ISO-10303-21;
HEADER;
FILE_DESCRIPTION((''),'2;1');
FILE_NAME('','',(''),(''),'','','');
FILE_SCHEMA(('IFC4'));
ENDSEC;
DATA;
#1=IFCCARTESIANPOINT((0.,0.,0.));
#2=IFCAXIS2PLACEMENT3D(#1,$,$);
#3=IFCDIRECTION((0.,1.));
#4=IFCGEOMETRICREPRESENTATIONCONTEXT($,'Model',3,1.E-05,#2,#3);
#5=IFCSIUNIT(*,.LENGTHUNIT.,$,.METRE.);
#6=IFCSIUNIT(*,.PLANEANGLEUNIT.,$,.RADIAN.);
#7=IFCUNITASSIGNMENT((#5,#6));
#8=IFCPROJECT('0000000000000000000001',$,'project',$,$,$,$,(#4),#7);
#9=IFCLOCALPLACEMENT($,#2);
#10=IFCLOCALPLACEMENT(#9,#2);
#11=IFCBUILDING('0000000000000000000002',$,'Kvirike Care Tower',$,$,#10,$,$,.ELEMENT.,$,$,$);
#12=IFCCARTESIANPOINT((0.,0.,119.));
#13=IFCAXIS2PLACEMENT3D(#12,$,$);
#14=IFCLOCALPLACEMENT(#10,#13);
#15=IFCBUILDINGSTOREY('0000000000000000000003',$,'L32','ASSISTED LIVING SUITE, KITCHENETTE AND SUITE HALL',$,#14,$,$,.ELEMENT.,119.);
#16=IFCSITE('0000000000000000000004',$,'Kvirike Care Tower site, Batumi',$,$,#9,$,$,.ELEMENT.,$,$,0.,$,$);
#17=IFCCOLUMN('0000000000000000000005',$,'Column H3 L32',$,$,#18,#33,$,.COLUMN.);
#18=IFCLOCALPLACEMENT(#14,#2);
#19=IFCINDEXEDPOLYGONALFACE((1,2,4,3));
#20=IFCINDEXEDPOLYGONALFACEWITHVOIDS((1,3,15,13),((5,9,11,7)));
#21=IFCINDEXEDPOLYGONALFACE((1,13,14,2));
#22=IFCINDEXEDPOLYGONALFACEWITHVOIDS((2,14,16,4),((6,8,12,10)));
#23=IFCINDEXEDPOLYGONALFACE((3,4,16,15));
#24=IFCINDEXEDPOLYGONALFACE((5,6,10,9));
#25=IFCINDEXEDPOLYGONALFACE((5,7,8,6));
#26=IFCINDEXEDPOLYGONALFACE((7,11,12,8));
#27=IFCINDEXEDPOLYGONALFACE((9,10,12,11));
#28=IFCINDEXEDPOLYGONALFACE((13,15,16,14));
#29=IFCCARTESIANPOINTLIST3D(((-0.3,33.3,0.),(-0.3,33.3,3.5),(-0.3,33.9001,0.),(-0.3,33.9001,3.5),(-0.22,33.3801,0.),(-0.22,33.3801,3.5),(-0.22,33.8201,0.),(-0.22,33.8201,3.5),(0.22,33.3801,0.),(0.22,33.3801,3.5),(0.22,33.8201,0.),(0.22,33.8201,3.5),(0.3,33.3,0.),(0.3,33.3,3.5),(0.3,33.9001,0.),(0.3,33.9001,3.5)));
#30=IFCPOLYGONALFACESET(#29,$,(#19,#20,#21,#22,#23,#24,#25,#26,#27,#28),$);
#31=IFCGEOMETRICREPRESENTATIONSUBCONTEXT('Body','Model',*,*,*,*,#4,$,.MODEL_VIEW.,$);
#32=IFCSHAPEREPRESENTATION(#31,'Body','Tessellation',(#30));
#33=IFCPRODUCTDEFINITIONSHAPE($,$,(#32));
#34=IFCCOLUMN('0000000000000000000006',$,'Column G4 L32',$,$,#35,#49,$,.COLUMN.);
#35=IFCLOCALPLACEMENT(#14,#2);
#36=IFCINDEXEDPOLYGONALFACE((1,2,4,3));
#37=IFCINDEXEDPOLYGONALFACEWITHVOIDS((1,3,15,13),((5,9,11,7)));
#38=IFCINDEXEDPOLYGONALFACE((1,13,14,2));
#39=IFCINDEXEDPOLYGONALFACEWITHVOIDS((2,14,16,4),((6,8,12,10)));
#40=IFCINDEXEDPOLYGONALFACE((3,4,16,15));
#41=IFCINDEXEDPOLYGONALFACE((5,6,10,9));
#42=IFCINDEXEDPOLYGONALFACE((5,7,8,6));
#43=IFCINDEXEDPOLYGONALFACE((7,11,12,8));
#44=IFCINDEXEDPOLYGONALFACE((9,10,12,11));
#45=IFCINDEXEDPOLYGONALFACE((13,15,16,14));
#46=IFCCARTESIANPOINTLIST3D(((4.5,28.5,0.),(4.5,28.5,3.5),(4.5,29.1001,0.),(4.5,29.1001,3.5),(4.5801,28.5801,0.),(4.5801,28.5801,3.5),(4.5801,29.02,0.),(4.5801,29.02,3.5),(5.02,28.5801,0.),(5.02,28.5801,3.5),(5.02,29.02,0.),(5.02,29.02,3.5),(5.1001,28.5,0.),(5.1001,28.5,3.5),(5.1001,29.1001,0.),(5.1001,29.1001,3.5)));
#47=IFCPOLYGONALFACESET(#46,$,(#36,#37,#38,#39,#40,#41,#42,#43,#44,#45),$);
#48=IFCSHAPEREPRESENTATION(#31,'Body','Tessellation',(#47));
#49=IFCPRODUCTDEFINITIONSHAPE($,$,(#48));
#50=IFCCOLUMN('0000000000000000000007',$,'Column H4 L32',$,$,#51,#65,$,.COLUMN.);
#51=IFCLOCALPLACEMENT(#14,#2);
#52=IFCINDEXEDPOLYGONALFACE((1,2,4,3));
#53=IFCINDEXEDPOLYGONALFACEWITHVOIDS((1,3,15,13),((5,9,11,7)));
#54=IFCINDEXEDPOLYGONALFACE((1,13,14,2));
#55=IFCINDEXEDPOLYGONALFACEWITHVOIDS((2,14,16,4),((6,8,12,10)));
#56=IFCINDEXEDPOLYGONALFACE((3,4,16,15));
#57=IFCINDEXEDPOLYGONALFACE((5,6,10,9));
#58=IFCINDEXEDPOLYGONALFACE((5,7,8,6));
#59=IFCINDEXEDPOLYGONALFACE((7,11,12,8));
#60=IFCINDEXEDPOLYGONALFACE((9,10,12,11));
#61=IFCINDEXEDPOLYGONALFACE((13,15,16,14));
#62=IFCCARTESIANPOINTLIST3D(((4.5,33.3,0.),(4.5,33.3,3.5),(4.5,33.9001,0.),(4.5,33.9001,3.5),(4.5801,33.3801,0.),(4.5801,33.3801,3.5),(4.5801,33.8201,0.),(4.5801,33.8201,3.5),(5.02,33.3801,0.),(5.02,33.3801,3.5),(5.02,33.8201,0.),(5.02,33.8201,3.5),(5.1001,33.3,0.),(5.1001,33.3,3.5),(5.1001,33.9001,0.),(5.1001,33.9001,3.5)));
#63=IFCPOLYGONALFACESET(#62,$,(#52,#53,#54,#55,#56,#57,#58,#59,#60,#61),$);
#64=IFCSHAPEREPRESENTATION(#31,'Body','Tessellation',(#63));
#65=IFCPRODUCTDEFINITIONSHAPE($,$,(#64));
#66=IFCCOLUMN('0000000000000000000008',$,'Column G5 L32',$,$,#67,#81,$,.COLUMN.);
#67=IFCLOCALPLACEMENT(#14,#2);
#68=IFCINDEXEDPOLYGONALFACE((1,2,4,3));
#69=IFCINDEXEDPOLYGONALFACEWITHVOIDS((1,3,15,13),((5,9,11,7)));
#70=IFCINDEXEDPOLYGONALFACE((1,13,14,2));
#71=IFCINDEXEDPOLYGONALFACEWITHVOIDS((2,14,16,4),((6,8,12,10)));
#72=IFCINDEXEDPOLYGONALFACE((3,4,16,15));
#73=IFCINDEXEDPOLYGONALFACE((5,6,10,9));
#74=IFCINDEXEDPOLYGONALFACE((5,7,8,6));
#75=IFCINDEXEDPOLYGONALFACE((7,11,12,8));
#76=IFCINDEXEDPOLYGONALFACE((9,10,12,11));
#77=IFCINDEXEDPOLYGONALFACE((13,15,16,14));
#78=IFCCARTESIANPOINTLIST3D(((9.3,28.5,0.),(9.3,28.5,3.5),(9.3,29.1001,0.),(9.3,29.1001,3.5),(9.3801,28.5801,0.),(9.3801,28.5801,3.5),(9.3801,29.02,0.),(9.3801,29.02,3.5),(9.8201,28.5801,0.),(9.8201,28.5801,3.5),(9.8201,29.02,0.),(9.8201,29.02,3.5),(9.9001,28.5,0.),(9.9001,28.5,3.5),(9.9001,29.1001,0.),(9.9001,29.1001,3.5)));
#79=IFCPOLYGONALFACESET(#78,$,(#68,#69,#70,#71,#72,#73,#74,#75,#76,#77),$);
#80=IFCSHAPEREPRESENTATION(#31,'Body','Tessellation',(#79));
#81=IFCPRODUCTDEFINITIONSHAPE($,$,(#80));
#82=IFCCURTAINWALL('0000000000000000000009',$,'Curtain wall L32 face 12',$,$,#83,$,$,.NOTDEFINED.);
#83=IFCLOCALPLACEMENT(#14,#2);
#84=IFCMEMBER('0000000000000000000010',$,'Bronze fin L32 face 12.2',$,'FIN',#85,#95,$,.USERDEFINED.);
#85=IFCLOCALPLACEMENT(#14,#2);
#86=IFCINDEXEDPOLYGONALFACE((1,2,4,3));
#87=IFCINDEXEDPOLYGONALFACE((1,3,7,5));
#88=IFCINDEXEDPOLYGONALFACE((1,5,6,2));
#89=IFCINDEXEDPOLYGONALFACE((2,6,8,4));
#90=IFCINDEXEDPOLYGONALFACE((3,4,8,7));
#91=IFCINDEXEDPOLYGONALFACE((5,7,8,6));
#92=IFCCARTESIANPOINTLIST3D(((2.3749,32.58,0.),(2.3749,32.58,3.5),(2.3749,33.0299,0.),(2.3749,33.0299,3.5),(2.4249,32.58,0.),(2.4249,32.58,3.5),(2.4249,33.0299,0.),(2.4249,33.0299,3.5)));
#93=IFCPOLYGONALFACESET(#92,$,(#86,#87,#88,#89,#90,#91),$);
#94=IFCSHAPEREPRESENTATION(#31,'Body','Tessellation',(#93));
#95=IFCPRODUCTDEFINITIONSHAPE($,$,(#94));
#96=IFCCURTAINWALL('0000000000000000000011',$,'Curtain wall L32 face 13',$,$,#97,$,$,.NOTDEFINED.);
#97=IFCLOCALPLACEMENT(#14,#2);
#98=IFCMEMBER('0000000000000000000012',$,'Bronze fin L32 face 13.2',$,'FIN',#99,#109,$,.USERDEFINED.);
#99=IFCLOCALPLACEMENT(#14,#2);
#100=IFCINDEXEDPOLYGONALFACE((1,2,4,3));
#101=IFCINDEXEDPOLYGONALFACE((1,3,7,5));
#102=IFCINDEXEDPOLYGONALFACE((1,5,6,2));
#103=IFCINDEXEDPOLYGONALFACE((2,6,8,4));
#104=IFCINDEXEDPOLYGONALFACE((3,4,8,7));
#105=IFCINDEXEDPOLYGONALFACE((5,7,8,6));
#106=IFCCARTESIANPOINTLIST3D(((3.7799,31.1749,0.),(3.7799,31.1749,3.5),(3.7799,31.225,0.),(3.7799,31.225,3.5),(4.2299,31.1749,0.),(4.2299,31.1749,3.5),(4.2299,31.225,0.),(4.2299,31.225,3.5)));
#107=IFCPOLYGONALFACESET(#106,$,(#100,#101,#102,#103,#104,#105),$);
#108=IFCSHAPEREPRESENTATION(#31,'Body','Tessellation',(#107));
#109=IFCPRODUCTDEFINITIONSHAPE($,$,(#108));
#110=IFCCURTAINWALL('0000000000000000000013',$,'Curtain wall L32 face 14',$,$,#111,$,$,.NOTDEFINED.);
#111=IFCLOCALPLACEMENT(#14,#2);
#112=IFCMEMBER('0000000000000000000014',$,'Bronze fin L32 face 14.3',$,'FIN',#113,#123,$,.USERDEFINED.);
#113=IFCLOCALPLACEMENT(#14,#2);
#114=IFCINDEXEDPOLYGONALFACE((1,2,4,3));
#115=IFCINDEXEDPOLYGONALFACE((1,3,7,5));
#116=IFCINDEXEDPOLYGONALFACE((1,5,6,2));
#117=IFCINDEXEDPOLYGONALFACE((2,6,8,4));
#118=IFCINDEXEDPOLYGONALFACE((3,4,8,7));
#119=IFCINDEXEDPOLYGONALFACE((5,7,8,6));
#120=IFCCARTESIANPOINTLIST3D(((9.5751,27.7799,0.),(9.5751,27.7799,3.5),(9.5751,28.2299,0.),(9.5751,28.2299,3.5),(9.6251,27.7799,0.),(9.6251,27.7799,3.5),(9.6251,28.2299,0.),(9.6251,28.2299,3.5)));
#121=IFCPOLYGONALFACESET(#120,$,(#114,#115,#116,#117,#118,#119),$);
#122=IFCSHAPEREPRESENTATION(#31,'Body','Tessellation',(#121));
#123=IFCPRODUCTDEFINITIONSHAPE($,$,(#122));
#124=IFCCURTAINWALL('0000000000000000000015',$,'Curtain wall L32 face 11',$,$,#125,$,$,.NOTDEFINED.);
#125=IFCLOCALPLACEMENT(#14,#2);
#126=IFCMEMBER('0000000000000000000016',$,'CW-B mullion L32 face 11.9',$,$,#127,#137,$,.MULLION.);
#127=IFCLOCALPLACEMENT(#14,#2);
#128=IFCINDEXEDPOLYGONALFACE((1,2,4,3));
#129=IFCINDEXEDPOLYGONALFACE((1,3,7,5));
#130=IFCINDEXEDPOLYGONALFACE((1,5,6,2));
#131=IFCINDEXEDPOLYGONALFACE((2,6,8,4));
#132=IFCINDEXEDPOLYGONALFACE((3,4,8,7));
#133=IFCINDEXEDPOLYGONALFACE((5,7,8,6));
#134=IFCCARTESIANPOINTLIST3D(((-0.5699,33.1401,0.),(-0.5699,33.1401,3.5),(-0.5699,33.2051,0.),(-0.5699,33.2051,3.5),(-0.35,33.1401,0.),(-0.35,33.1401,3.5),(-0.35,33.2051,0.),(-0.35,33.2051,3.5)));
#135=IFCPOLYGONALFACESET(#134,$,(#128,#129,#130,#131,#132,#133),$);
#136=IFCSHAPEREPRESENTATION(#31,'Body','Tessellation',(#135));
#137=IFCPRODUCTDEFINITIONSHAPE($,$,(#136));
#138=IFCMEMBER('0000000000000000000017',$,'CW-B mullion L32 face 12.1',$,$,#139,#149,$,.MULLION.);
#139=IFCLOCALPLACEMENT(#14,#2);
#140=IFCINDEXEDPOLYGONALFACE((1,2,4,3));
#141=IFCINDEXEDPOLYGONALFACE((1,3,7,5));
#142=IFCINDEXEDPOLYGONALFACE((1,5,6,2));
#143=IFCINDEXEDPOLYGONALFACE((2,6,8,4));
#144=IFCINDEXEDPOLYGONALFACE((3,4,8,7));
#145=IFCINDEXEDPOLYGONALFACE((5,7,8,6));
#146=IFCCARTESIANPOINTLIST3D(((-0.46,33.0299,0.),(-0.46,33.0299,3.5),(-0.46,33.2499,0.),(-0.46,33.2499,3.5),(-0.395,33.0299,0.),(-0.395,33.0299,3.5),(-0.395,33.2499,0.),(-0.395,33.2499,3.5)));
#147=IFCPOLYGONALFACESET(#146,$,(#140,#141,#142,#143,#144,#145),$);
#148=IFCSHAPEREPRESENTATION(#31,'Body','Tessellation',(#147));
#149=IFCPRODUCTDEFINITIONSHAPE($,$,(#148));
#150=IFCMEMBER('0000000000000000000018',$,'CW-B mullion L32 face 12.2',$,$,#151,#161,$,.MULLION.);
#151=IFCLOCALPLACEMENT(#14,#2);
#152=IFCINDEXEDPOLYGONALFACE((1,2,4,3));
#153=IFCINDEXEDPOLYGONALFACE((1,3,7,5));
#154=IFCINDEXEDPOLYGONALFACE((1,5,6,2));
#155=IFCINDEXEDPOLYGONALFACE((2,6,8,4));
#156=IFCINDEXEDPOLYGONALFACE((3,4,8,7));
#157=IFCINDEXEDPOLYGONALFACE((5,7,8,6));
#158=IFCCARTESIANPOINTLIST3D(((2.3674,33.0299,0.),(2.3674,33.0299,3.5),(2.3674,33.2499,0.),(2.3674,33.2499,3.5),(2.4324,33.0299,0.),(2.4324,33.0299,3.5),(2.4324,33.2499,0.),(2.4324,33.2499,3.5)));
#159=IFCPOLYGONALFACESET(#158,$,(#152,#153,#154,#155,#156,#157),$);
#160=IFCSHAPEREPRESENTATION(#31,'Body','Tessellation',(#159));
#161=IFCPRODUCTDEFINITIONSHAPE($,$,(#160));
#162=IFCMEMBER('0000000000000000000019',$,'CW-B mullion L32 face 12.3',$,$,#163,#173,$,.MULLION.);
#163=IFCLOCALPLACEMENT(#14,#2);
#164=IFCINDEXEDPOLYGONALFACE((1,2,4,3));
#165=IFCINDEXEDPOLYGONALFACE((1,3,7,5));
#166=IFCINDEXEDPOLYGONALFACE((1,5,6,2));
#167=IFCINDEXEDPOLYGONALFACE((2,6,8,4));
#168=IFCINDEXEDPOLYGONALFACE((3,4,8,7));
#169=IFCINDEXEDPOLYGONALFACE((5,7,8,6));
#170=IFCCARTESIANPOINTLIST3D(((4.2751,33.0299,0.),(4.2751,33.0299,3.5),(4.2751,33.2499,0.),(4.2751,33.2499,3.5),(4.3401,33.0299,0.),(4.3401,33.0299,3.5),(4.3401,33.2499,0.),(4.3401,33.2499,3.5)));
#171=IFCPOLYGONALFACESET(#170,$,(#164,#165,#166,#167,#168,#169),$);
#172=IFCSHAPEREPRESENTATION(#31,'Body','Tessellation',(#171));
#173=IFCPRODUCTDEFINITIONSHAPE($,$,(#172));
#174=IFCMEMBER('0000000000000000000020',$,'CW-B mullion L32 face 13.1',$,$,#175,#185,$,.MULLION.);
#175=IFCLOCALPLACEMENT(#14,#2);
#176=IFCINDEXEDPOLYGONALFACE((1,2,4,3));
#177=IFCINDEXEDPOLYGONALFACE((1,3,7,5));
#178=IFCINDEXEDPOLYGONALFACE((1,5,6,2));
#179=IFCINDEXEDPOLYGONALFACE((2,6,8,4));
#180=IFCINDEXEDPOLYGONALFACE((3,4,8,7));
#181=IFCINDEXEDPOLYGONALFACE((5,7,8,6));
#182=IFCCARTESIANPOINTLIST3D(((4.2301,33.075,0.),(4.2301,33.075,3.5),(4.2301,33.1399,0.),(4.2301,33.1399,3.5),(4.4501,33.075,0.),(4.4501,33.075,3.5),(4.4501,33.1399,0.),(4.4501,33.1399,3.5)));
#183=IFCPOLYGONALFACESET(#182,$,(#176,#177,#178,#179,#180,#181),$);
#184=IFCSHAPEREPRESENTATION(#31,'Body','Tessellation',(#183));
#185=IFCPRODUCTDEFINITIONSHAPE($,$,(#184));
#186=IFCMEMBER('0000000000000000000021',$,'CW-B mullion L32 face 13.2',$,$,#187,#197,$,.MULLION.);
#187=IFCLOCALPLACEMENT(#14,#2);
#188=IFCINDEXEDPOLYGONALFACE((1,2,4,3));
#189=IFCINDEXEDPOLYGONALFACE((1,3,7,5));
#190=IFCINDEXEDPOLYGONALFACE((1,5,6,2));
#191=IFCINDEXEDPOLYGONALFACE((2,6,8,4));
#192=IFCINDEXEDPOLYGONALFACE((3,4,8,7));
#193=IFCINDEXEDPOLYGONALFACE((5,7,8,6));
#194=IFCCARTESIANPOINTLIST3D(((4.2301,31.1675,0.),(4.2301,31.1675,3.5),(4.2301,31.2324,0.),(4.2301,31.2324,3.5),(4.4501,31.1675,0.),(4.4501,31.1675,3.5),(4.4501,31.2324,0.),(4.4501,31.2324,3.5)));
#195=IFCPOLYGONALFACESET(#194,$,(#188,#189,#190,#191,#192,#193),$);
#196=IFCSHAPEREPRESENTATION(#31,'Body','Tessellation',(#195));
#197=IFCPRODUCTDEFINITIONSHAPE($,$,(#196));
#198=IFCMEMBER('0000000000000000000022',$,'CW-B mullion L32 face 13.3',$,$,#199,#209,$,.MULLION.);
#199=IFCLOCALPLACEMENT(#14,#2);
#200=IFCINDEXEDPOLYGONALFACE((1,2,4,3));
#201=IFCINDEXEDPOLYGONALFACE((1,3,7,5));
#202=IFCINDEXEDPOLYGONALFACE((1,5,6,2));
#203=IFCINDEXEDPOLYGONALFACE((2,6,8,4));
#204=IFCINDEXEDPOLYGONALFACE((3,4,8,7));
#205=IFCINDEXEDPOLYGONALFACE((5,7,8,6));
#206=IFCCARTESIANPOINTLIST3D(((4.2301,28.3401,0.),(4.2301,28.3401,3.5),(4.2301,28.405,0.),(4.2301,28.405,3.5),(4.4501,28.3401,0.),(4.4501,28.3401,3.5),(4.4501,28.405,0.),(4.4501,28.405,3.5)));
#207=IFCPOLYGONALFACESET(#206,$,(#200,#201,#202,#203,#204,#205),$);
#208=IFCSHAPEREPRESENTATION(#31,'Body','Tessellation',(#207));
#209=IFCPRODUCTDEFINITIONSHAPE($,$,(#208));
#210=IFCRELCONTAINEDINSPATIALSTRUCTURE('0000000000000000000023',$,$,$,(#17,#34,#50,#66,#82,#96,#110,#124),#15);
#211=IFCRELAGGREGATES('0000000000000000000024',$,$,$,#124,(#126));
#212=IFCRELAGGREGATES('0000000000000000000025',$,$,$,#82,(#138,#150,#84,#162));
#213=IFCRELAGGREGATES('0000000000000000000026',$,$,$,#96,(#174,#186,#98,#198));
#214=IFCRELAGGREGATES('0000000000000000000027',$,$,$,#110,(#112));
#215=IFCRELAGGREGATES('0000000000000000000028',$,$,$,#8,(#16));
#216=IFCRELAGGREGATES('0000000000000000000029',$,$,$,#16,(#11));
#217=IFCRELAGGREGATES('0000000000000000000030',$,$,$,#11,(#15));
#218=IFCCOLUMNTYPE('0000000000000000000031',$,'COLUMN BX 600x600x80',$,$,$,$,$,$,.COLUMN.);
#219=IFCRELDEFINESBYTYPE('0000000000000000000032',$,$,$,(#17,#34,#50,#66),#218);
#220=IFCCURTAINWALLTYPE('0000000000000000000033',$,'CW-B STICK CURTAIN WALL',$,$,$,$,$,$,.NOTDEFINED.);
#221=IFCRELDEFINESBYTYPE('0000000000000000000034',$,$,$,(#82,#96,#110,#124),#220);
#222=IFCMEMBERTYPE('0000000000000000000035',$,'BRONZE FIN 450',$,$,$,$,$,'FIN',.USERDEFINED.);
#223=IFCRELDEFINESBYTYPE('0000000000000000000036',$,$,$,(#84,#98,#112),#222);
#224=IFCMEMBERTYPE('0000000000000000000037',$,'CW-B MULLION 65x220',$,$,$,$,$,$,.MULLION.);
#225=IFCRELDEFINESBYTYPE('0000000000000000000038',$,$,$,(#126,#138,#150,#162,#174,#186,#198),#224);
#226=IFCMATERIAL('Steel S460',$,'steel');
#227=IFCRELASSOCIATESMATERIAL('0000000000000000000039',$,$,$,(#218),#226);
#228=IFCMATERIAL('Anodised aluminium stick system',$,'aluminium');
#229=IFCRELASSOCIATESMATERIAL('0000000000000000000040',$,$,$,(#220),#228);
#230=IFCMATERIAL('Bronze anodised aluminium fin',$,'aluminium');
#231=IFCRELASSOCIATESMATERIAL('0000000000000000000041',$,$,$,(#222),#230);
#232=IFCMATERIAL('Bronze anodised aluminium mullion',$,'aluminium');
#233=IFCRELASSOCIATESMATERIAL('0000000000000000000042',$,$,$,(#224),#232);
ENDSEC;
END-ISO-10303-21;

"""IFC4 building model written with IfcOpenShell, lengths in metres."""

from ifc_helpers import new_model, si_unit, direction, frame, origin, origin_2d, place, context, subcontext, project, spatial, rectangle, hollow_rectangle, extrude, material, material_profile, profile_set, type_object, element, aggregate, save


model = new_model("IFC4")

# Units and contexts
model_context = context("Model", 3, precision=1e-05, world=origin(), true_north=direction((0.0, 1.0)))
body_context = subcontext(model_context, "Body", "Model", "MODEL_VIEW")
ifc_project = project(units=[si_unit("LENGTHUNIT", "METRE"), si_unit("PLANEANGLEUNIT", "RADIAN")], contexts=[model_context])

# Site, building, storey
site_placement = place(None, origin())
site = spatial("IfcSite", under=ifc_project, at=site_placement, Name="Kvirike Care Tower site, Batumi", CompositionType="ELEMENT", RefElevation=0.0)
building_placement = place(site_placement, origin())
building = spatial("IfcBuilding", under=site, at=building_placement, Name="Kvirike Care Tower", CompositionType="ELEMENT")
storey_placement = place(building_placement, frame((0.0, 0.0, 119.0)))
storey = spatial("IfcBuildingStorey", under=building, at=storey_placement, Name="L32", Description="ASSISTED LIVING SUITE, KITCHENETTE AND SUITE HALL", CompositionType="ELEMENT", Elevation=119.0)

# Columns
ifc_material_1 = material(Name="Steel S460", Category="steel")
ifc_material_profile_1 = material_profile(ifc_material_1, hollow_rectangle(XDim=0.6001, YDim=0.6001, WallThickness=0.0801, at=origin_2d()), Name="BX 600x600x80")
ifc_profile_set_1 = profile_set([ifc_material_profile_1], Name="Steel S460")
column_type = type_object("IfcColumnType", Name="COLUMN BX 600x600x80", PredefinedType="COLUMN", material=ifc_profile_set_1)
for number, where, z_axis, x_axis, name in (
    (1, (0.0, 33.6001, 0.0), (0.0, 0.0, 1.0), (0.0, 1.0, 0.0), "Column H3 L32"),
    (2, (4.8, 28.8, 0.0), (0.0, 0.0, 1.0), (0.0, 1.0, 0.0), "Column G4 L32"),
    (3, (4.8, 33.6001, 0.0), (0.0, 0.0, 1.0), (0.0, 1.0, 0.0), "Column H4 L32"),
    (4, (9.6001, 28.8, 0.0), (0.0, 0.0, 1.0), (0.0, 1.0, 0.0), "Column G5 L32"),
):
    element("IfcColumn", number, at=place(storey_placement, frame(where, z_axis=z_axis, x_axis=x_axis)), inside=storey, type_object=column_type, Name=name, PredefinedType="COLUMN", context=body_context, shape_type="SweptSolid", body=[
        extrude(hollow_rectangle(XDim=0.6001, YDim=0.6001, WallThickness=0.0801, at=origin_2d()), origin(), (0.0, 0.0, 1.0), 3.5),
    ])

# Curtain walls, members
ifc_material_2 = material(Name="Anodised aluminium stick system", Category="aluminium")
curtain_wall_type = type_object("IfcCurtainWallType", Name="CW-B STICK CURTAIN WALL", PredefinedType="NOTDEFINED", material=ifc_material_2)
curtain_wall_1_placement = place(storey_placement, origin())
curtain_wall_1 = element("IfcCurtainWall", 5, at=curtain_wall_1_placement, inside=storey, type_object=curtain_wall_type, Name="Curtain wall L32 face 12", PredefinedType="NOTDEFINED")
ifc_material_3 = material(Name="Bronze anodised aluminium fin", Category="aluminium")
ifc_material_profile_2 = material_profile(ifc_material_3, rectangle(XDim=0.05, YDim=0.45, at=origin_2d()), Name="BRONZE FIN 450")
ifc_profile_set_2 = profile_set([ifc_material_profile_2], Name="Bronze anodised aluminium fin")
member_type_1 = type_object("IfcMemberType", Name="BRONZE FIN 450", ElementType="FIN", PredefinedType="USERDEFINED", material=ifc_profile_set_2)
member_1_placement = place(storey_placement, frame((2.3999, 32.8049, 0.0), z_axis=(0.0, 0.0, 1.0), x_axis=(1.0, 0.0, 0.0)))
member_1 = element("IfcMember", 6, at=member_1_placement, type_object=member_type_1, Name="Bronze fin L32 face 12.2", ObjectType="FIN", PredefinedType="USERDEFINED", context=body_context, shape_type="SweptSolid", body=[
    extrude(rectangle(XDim=0.05, YDim=0.45, at=origin_2d()), origin(), (0.0, 0.0, 1.0), 3.5),
])
curtain_wall_2_placement = place(storey_placement, origin())
curtain_wall_2 = element("IfcCurtainWall", 7, at=curtain_wall_2_placement, inside=storey, type_object=curtain_wall_type, Name="Curtain wall L32 face 13", PredefinedType="NOTDEFINED")
member_2_placement = place(storey_placement, frame((4.0049, 31.2, 0.0), z_axis=(0.0, 0.0, 1.0), x_axis=(0.0, -1.0, 0.0)))
member_2 = element("IfcMember", 8, at=member_2_placement, type_object=member_type_1, Name="Bronze fin L32 face 13.2", ObjectType="FIN", PredefinedType="USERDEFINED", context=body_context, shape_type="SweptSolid", body=[
    extrude(rectangle(XDim=0.05, YDim=0.45, at=origin_2d()), origin(), (0.0, 0.0, 1.0), 3.5),
])
curtain_wall_3_placement = place(storey_placement, origin())
curtain_wall_3 = element("IfcCurtainWall", 9, at=curtain_wall_3_placement, inside=storey, type_object=curtain_wall_type, Name="Curtain wall L32 face 14", PredefinedType="NOTDEFINED")
member_3_placement = place(storey_placement, frame((9.6001, 28.0049, 0.0), z_axis=(0.0, 0.0, 1.0), x_axis=(1.0, 0.0, 0.0)))
member_3 = element("IfcMember", 10, at=member_3_placement, type_object=member_type_1, Name="Bronze fin L32 face 14.3", ObjectType="FIN", PredefinedType="USERDEFINED", context=body_context, shape_type="SweptSolid", body=[
    extrude(rectangle(XDim=0.05, YDim=0.45, at=origin_2d()), origin(), (0.0, 0.0, 1.0), 3.5),
])
curtain_wall_4_placement = place(storey_placement, origin())
curtain_wall_4 = element("IfcCurtainWall", 11, at=curtain_wall_4_placement, inside=storey, type_object=curtain_wall_type, Name="Curtain wall L32 face 11", PredefinedType="NOTDEFINED")
ifc_material_4 = material(Name="Bronze anodised aluminium mullion", Category="aluminium")
ifc_material_profile_3 = material_profile(ifc_material_4, rectangle(XDim=0.0649, YDim=0.22, at=origin_2d()), Name="CW-B MULLION 65x220")
ifc_profile_set_3 = profile_set([ifc_material_profile_3], Name="Bronze anodised aluminium mullion")
member_type_2 = type_object("IfcMemberType", Name="CW-B MULLION 65x220", PredefinedType="MULLION", material=ifc_profile_set_3)
member_4_placement = place(storey_placement, frame((-0.46, 33.1726, 0.0), z_axis=(0.0, 0.0, 1.0), x_axis=(0.0, -1.0, 0.0)))
member_4 = element("IfcMember", 12, at=member_4_placement, type_object=member_type_2, Name="CW-B mullion L32 face 11.9", PredefinedType="MULLION", context=body_context, shape_type="SweptSolid", body=[
    extrude(rectangle(XDim=0.0649, YDim=0.22, at=origin_2d()), origin(), (0.0, 0.0, 1.0), 3.5),
])
aggregate(curtain_wall_4, [member_4])

# Members
member_5_placement = place(storey_placement, frame((-0.4275, 33.1399, 0.0), z_axis=(0.0, 0.0, 1.0), x_axis=(1.0, 0.0, 0.0)))
member_5 = element("IfcMember", 13, at=member_5_placement, type_object=member_type_2, Name="CW-B mullion L32 face 12.1", PredefinedType="MULLION", context=body_context, shape_type="SweptSolid", body=[
    extrude(rectangle(XDim=0.0649, YDim=0.22, at=origin_2d()), origin(), (0.0, 0.0, 1.0), 3.5),
])
member_6_placement = place(storey_placement, frame((2.3999, 33.1399, 0.0), z_axis=(0.0, 0.0, 1.0), x_axis=(1.0, 0.0, 0.0)))
member_6 = element("IfcMember", 14, at=member_6_placement, type_object=member_type_2, Name="CW-B mullion L32 face 12.2", PredefinedType="MULLION", context=body_context, shape_type="SweptSolid", body=[
    extrude(rectangle(XDim=0.0649, YDim=0.22, at=origin_2d()), origin(), (0.0, 0.0, 1.0), 3.5),
])
member_7_placement = place(storey_placement, frame((4.3076, 33.1399, 0.0), z_axis=(0.0, 0.0, 1.0), x_axis=(1.0, 0.0, 0.0)))
member_7 = element("IfcMember", 15, at=member_7_placement, type_object=member_type_2, Name="CW-B mullion L32 face 12.3", PredefinedType="MULLION", context=body_context, shape_type="SweptSolid", body=[
    extrude(rectangle(XDim=0.0649, YDim=0.22, at=origin_2d()), origin(), (0.0, 0.0, 1.0), 3.5),
])
member_8_placement = place(storey_placement, frame((4.3401, 33.1074, 0.0), z_axis=(0.0, 0.0, 1.0), x_axis=(0.0, -1.0, 0.0)))
member_8 = element("IfcMember", 16, at=member_8_placement, type_object=member_type_2, Name="CW-B mullion L32 face 13.1", PredefinedType="MULLION", context=body_context, shape_type="SweptSolid", body=[
    extrude(rectangle(XDim=0.0649, YDim=0.22, at=origin_2d()), origin(), (0.0, 0.0, 1.0), 3.5),
])
member_9_placement = place(storey_placement, frame((4.3401, 31.2, 0.0), z_axis=(0.0, 0.0, 1.0), x_axis=(0.0, -1.0, 0.0)))
member_9 = element("IfcMember", 17, at=member_9_placement, type_object=member_type_2, Name="CW-B mullion L32 face 13.2", PredefinedType="MULLION", context=body_context, shape_type="SweptSolid", body=[
    extrude(rectangle(XDim=0.0649, YDim=0.22, at=origin_2d()), origin(), (0.0, 0.0, 1.0), 3.5),
])
member_10_placement = place(storey_placement, frame((4.3401, 28.3726, 0.0), z_axis=(0.0, 0.0, 1.0), x_axis=(0.0, -1.0, 0.0)))
member_10 = element("IfcMember", 18, at=member_10_placement, type_object=member_type_2, Name="CW-B mullion L32 face 13.3", PredefinedType="MULLION", context=body_context, shape_type="SweptSolid", body=[
    extrude(rectangle(XDim=0.0649, YDim=0.22, at=origin_2d()), origin(), (0.0, 0.0, 1.0), 3.5),
])

aggregate(curtain_wall_1, [member_5, member_6, member_1, member_7])
aggregate(curtain_wall_2, [member_8, member_9, member_2, member_10])
aggregate(curtain_wall_3, [member_3])

save(model, "model.ifc")
